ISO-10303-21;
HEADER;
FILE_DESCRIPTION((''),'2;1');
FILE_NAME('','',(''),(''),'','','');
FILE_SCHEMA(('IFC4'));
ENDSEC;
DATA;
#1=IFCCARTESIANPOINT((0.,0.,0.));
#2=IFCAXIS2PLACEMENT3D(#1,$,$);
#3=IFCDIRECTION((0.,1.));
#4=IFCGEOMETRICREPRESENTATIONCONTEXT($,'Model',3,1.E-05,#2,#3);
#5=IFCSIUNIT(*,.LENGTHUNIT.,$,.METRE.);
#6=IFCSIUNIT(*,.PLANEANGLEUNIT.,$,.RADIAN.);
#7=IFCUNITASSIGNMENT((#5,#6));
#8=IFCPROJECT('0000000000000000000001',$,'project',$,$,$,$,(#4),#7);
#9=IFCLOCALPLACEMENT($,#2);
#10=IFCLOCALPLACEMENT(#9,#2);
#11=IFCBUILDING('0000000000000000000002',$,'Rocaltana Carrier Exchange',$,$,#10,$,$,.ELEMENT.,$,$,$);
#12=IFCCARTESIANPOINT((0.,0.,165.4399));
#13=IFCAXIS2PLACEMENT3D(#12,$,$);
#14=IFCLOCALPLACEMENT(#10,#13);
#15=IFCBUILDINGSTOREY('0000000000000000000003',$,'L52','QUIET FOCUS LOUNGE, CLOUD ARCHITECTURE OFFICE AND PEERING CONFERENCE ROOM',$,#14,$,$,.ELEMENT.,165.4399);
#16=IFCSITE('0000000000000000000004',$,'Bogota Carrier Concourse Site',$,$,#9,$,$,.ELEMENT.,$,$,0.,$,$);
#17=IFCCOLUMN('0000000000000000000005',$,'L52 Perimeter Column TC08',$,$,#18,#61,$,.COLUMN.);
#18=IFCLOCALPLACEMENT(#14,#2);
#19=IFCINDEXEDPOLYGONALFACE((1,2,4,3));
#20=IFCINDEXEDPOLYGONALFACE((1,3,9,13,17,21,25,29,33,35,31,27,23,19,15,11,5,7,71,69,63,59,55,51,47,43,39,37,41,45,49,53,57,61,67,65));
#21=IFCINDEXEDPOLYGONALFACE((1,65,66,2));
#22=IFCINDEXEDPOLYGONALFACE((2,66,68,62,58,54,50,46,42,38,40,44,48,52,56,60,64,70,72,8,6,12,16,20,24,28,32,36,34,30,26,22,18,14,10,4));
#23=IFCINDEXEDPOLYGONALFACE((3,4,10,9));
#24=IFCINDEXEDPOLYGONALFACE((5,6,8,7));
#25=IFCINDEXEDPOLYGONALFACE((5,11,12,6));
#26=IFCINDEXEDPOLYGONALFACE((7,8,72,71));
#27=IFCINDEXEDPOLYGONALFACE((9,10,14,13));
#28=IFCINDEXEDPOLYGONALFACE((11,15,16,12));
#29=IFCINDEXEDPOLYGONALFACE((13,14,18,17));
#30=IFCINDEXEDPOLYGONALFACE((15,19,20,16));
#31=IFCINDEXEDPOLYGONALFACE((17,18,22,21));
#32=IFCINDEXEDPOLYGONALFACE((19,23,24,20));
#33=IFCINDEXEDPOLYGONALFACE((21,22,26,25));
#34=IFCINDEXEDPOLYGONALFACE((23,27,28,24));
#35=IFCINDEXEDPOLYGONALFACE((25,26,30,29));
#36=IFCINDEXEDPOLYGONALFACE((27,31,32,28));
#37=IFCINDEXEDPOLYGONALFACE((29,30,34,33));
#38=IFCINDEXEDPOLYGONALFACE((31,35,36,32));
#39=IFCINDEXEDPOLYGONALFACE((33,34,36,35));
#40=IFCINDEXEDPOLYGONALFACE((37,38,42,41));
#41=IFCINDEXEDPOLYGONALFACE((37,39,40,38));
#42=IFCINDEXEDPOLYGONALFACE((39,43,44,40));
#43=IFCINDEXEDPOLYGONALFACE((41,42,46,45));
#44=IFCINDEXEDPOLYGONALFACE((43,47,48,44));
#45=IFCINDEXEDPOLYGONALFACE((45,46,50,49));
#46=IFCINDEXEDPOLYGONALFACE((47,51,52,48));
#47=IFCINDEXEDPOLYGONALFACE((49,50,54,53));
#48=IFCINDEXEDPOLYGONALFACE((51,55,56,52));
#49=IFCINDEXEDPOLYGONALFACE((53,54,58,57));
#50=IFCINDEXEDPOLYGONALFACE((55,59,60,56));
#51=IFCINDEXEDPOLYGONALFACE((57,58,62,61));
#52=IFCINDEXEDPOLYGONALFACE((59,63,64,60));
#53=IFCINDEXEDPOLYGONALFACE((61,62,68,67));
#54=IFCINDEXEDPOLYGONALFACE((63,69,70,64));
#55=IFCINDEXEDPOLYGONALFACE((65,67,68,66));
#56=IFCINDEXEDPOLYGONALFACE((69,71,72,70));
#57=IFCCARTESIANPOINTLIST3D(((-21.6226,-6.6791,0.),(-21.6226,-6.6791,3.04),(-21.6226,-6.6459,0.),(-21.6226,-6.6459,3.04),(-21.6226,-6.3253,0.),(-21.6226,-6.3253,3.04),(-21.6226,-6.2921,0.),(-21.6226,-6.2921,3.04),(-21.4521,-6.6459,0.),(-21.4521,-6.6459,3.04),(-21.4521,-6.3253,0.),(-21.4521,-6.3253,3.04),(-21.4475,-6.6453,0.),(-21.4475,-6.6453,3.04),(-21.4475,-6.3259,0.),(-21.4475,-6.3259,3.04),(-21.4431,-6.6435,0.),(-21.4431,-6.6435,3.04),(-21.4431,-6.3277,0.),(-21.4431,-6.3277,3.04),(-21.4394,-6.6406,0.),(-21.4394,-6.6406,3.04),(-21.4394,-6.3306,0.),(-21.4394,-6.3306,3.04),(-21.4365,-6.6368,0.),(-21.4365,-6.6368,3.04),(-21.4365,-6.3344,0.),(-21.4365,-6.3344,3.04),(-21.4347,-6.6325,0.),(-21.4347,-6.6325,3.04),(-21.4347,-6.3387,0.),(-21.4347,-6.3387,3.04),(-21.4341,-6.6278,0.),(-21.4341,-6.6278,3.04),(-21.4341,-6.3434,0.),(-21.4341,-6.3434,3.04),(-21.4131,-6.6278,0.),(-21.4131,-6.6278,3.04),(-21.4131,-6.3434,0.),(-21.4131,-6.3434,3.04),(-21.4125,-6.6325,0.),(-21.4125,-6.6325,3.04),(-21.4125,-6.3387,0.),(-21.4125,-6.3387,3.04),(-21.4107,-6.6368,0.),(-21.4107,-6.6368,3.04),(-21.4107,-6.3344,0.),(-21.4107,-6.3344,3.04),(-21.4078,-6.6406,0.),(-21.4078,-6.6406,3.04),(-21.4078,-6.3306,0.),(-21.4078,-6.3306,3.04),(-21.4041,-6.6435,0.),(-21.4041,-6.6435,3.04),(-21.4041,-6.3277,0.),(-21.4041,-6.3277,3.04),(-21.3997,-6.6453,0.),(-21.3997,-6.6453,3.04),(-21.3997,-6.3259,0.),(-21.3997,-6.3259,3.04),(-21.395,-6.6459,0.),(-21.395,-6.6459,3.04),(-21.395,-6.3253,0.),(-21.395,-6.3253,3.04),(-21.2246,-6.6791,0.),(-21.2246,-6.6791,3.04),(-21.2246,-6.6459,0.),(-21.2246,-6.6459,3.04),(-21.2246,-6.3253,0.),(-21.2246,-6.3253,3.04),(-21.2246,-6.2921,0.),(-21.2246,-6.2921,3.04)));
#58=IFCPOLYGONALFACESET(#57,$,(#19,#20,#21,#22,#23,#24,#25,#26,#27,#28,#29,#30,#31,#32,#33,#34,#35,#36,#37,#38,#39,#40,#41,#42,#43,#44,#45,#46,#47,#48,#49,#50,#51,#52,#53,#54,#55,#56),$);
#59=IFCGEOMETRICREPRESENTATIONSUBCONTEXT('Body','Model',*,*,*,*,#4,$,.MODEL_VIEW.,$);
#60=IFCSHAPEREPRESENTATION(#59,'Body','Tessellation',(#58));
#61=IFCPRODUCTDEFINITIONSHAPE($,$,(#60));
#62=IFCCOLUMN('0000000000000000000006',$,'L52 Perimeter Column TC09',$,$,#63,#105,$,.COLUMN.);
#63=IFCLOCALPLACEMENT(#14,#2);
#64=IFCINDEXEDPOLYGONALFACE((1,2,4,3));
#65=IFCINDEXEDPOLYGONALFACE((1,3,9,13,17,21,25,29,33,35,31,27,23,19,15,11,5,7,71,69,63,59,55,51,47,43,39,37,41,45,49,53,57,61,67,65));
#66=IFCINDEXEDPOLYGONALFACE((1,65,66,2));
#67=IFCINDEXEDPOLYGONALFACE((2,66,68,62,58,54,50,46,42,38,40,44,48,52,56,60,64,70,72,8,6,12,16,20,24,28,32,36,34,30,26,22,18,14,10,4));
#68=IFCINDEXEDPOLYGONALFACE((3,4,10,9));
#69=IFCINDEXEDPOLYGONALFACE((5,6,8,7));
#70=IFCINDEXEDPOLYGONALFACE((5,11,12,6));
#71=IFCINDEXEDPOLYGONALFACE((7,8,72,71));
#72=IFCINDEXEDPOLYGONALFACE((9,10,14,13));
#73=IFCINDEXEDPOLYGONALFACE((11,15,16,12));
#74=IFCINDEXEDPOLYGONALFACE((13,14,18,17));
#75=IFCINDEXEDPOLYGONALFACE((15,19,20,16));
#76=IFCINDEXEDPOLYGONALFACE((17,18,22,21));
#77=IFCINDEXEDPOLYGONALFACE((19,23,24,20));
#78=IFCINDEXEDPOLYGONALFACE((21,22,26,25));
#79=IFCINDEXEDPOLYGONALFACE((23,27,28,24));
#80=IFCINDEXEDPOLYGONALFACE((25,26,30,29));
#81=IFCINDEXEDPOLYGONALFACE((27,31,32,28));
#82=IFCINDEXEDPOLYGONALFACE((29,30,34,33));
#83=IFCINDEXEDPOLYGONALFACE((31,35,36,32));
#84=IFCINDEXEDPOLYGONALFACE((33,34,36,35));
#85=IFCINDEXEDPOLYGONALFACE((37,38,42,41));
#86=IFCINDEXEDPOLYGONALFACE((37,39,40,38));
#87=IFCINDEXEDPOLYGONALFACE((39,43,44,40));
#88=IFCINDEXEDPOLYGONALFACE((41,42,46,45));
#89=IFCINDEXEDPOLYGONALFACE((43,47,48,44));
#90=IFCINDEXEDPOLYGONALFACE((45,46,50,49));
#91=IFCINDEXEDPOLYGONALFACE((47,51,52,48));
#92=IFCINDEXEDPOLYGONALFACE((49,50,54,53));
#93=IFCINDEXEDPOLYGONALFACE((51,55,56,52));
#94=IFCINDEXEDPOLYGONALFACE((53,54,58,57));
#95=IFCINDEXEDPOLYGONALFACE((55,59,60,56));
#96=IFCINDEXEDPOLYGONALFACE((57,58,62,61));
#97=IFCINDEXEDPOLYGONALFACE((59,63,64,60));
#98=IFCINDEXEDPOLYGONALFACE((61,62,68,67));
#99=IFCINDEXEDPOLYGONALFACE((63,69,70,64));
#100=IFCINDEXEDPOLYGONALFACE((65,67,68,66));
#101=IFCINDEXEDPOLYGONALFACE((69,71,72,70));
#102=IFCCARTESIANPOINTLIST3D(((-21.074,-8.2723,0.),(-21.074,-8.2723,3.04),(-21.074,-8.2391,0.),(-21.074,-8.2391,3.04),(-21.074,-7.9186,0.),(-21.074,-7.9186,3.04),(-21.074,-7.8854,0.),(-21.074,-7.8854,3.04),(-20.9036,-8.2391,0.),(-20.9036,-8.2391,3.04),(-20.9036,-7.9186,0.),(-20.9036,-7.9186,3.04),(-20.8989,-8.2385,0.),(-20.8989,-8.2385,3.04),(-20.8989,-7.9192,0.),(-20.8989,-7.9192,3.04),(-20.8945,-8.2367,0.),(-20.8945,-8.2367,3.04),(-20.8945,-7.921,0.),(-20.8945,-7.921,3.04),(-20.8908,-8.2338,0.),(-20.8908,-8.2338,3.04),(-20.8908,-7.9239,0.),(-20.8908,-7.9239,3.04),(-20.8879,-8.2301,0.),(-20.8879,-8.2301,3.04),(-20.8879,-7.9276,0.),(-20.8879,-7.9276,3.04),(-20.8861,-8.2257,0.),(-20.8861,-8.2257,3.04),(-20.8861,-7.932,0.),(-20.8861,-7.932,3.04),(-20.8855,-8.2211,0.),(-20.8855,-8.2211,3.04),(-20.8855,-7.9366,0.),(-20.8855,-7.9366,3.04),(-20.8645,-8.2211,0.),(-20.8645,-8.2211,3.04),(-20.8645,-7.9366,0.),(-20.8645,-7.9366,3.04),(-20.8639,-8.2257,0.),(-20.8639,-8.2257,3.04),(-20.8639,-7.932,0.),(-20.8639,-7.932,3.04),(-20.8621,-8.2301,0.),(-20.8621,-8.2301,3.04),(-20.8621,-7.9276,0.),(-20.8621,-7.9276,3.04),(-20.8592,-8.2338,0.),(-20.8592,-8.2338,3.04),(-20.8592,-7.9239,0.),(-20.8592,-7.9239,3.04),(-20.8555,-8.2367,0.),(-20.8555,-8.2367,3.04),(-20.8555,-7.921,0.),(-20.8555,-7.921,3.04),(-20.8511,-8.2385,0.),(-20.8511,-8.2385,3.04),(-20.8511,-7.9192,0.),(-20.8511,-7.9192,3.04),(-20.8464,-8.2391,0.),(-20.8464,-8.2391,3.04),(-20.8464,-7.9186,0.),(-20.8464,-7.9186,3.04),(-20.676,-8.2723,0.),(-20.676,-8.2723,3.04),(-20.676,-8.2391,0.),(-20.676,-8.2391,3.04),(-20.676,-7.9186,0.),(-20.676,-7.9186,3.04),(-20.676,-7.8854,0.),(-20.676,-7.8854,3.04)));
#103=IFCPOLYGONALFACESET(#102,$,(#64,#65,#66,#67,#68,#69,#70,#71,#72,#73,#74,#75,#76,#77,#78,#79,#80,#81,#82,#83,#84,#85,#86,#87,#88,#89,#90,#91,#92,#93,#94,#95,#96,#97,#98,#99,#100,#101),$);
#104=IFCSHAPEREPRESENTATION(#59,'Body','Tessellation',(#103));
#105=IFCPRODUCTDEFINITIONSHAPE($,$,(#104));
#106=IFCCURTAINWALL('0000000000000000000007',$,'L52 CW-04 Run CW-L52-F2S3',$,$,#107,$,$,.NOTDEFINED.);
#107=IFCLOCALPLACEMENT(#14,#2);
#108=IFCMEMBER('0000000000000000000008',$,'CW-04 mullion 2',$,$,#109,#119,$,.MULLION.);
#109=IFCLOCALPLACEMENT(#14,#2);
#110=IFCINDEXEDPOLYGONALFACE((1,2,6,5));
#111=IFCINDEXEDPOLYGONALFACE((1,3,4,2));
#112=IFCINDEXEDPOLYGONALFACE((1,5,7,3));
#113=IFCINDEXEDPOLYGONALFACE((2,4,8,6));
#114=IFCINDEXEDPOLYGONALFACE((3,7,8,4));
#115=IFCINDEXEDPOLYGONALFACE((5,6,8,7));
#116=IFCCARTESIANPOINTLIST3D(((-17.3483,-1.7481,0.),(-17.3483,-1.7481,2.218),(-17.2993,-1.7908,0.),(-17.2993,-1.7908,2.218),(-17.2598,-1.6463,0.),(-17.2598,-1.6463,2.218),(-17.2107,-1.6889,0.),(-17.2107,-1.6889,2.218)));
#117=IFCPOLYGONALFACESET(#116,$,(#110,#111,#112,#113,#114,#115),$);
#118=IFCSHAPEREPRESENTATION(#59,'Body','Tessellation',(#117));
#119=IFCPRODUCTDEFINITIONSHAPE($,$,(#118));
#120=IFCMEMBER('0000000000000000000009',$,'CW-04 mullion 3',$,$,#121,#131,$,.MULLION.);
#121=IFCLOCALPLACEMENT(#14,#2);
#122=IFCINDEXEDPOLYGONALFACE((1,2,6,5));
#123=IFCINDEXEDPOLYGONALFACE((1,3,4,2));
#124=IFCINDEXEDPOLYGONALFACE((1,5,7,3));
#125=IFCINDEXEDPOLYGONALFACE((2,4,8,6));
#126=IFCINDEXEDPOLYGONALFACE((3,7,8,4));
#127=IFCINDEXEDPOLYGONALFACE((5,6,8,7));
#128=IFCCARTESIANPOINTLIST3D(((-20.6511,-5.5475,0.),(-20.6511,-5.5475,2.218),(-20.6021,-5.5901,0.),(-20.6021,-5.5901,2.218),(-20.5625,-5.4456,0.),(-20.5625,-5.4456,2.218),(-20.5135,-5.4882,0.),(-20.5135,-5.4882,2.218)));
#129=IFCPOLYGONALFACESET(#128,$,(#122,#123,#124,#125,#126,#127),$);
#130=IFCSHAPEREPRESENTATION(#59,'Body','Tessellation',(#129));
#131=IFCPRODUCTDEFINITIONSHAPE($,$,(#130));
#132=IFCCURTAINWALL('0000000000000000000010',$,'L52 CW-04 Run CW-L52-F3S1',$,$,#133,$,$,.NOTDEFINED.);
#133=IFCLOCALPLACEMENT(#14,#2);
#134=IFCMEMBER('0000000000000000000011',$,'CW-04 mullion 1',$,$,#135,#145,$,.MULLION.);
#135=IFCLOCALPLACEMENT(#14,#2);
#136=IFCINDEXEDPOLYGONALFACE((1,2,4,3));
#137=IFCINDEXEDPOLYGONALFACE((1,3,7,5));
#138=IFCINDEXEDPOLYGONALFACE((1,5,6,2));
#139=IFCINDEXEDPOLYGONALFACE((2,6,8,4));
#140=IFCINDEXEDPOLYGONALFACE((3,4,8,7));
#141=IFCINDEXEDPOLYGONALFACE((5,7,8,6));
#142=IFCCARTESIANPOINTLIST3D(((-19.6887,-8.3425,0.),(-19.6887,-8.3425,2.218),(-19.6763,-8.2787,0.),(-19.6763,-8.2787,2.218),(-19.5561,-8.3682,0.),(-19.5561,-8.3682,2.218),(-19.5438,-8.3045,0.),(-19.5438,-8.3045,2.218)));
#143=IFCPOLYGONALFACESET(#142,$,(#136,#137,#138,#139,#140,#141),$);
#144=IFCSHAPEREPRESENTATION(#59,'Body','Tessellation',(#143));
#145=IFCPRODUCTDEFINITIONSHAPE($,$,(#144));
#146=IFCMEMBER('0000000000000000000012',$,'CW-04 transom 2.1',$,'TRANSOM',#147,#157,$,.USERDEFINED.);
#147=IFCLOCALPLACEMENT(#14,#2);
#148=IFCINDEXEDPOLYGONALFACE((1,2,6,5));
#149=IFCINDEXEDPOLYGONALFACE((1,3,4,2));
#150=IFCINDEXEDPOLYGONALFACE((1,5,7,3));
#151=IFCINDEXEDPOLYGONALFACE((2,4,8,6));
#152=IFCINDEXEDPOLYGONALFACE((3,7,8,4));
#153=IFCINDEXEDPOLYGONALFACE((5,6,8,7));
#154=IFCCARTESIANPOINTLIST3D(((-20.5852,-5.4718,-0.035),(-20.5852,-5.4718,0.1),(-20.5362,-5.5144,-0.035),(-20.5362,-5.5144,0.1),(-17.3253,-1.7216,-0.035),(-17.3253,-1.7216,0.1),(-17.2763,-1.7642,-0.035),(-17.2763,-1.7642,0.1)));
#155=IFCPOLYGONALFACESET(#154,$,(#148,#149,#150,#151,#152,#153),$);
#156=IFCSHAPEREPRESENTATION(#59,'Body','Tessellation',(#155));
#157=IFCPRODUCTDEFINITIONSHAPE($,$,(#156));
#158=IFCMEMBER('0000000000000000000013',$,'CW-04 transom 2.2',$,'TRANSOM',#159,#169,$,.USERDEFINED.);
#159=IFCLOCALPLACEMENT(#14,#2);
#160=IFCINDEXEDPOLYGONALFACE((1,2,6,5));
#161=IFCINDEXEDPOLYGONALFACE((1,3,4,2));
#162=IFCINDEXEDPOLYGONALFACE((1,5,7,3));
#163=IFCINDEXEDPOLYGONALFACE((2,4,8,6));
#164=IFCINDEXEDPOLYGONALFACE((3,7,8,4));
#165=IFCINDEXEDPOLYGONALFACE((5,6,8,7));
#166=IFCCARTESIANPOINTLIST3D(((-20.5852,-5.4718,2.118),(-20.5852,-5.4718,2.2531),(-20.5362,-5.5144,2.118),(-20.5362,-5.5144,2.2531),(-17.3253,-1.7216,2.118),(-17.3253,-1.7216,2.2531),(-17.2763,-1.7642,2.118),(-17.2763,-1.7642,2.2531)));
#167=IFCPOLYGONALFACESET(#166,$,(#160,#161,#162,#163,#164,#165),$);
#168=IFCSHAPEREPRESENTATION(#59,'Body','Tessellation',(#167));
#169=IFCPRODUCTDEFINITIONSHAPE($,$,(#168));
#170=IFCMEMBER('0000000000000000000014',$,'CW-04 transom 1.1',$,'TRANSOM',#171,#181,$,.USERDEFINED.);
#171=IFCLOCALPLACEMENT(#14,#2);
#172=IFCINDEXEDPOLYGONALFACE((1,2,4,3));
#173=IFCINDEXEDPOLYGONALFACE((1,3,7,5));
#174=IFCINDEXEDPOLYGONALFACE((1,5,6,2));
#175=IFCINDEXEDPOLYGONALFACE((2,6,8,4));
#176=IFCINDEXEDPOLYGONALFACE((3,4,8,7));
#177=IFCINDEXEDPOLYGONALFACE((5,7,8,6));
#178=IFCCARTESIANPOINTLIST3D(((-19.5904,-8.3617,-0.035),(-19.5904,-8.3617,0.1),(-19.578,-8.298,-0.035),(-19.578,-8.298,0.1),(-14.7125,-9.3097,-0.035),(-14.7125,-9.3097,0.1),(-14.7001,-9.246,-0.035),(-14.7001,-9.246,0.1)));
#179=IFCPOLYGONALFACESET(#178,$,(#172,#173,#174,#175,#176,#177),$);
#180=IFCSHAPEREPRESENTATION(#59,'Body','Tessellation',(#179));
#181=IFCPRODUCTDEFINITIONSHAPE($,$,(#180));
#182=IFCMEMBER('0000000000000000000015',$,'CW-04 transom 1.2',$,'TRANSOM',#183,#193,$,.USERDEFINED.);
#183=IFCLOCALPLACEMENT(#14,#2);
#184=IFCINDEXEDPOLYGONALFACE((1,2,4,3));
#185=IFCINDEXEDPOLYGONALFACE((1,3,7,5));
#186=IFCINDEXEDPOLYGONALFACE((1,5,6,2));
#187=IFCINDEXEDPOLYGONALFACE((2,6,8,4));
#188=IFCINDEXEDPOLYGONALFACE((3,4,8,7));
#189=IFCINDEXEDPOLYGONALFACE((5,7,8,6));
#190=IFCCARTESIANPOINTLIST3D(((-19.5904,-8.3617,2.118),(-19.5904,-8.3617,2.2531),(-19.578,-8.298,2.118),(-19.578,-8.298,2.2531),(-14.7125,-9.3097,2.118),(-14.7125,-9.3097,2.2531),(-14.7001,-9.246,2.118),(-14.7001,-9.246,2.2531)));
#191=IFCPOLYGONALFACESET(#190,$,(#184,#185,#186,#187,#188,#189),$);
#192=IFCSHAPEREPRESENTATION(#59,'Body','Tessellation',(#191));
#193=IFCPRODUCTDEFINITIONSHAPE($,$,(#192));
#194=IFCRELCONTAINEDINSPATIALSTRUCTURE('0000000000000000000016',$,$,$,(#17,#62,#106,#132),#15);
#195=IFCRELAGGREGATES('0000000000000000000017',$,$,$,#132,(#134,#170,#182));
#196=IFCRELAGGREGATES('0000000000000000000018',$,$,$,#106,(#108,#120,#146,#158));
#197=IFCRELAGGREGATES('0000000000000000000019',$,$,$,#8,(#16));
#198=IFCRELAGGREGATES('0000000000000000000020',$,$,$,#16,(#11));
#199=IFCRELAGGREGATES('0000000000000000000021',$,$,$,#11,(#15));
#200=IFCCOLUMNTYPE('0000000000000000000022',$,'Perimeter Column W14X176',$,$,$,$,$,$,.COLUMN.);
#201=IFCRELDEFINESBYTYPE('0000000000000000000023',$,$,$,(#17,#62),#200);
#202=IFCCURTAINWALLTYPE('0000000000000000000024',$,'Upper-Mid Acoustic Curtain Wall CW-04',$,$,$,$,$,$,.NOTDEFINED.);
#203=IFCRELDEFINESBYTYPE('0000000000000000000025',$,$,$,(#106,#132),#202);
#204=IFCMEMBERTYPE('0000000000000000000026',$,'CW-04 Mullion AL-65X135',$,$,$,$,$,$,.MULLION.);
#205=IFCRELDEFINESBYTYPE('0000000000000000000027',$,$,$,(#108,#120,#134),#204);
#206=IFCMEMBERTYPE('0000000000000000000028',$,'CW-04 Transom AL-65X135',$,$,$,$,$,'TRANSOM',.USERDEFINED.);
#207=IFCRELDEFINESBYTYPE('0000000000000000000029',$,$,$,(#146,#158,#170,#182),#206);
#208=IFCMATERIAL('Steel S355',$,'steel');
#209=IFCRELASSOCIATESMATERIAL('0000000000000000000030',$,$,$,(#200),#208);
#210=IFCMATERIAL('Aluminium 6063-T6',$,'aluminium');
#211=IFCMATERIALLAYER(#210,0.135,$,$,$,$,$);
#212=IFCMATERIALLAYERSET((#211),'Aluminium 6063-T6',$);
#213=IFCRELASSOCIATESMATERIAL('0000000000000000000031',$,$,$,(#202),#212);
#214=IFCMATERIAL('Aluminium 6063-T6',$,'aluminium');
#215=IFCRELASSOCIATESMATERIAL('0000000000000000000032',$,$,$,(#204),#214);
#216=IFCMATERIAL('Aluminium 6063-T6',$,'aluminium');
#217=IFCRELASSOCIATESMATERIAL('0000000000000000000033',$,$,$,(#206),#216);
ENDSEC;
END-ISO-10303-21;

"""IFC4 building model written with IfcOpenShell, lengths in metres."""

from ifc_helpers import new_model, si_unit, direction, frame, origin, origin_2d, place, context, subcontext, project, spatial, rectangle, i_section, extrude, material, layer, layer_set, material_profile, profile_set, type_object, element, aggregate, save


model = new_model("IFC4")

# Units and contexts
model_context = context("Model", 3, precision=1e-05, world=origin(), true_north=direction((0.0, 1.0)))
body_context = subcontext(model_context, "Body", "Model", "MODEL_VIEW")
ifc_project = project(units=[si_unit("LENGTHUNIT", "METRE"), si_unit("PLANEANGLEUNIT", "RADIAN")], contexts=[model_context])

# Site, building, storey
site_placement = place(None, origin())
site = spatial("IfcSite", under=ifc_project, at=site_placement, Name="Bogota Carrier Concourse Site", CompositionType="ELEMENT", RefElevation=0.0)
building_placement = place(site_placement, origin())
building = spatial("IfcBuilding", under=site, at=building_placement, Name="Rocaltana Carrier Exchange", CompositionType="ELEMENT")
storey_placement = place(building_placement, frame((0.0, 0.0, 165.4399)))
storey = spatial("IfcBuildingStorey", under=building, at=storey_placement, Name="L52", Description="QUIET FOCUS LOUNGE, CLOUD ARCHITECTURE OFFICE AND PEERING CONFERENCE ROOM", CompositionType="ELEMENT", Elevation=165.4399)

# Columns
ifc_material_1 = material(Name="Steel S355", Category="steel")
ifc_material_profile_1 = material_profile(ifc_material_1, i_section(OverallWidth=0.3979, OverallDepth=0.387, WebThickness=0.021, FlangeThickness=0.0332, FilletRadius=0.0181, at=origin_2d()), Name="W14X176")
ifc_profile_set_1 = profile_set([ifc_material_profile_1], Name="Steel S355")
column_type = type_object("IfcColumnType", Name="Perimeter Column W14X176", PredefinedType="COLUMN", material=ifc_profile_set_1)
for number, where, z_axis, x_axis, name in (
    (1, (-21.4236, -6.4856, 0.0), (0.0, 0.0, 1.0), (1.0, 0.0, 0.0), "L52 Perimeter Column TC08"),
    (2, (-20.875, -8.0789, 0.0), (0.0, 0.0, 1.0), (1.0, 0.0, 0.0), "L52 Perimeter Column TC09"),
):
    element("IfcColumn", number, at=place(storey_placement, frame(where, z_axis=z_axis, x_axis=x_axis)), inside=storey, type_object=column_type, Name=name, PredefinedType="COLUMN", context=body_context, shape_type="SweptSolid", body=[
        extrude(i_section(OverallWidth=0.3979, OverallDepth=0.387, WebThickness=0.021, FlangeThickness=0.0332, FilletRadius=0.0181, at=origin_2d()), origin(), (0.0, 0.0, 1.0), 3.04),
    ])

# Curtain wall, members
ifc_material_2 = material(Name="Aluminium 6063-T6", Category="aluminium")
ifc_layer_1 = layer(ifc_material_2, 0.135)
ifc_layer_set_1 = layer_set([ifc_layer_1], Name="Aluminium 6063-T6")
curtain_wall_type = type_object("IfcCurtainWallType", Name="Upper-Mid Acoustic Curtain Wall CW-04", PredefinedType="NOTDEFINED", material=ifc_layer_set_1)
curtain_wall_1_placement = place(storey_placement, origin())
curtain_wall_1 = element("IfcCurtainWall", 3, at=curtain_wall_1_placement, inside=storey, type_object=curtain_wall_type, Name="L52 CW-04 Run CW-L52-F2S3", PredefinedType="NOTDEFINED")
ifc_material_3 = material(Name="Aluminium 6063-T6", Category="aluminium")
ifc_material_profile_2 = material_profile(ifc_material_3, rectangle(XDim=0.0649, YDim=0.135, at=origin_2d()), Name="AL-65X135")
ifc_profile_set_2 = profile_set([ifc_material_profile_2], Name="Aluminium 6063-T6")
member_type_1 = type_object("IfcMemberType", Name="CW-04 Mullion AL-65X135", PredefinedType="MULLION", material=ifc_profile_set_2)
member_1_placement = place(storey_placement, frame((-17.2795, -1.7185, 0.0), z_axis=(0.0, 0.0, 1.0), x_axis=(0.754712, -0.656057, 0.0)))
member_1 = element("IfcMember", 4, at=member_1_placement, type_object=member_type_1, Name="CW-04 mullion 2", PredefinedType="MULLION", context=body_context, shape_type="SweptSolid", body=[
    extrude(rectangle(XDim=0.0649, YDim=0.135, at=origin_2d()), origin(), (0.0, 0.0, 1.0), 2.218),
])
member_2_placement = place(storey_placement, frame((-20.5823, -5.5178, 0.0), z_axis=(0.0, 0.0, 1.0), x_axis=(0.754712, -0.656057, 0.0)))
member_2 = element("IfcMember", 5, at=member_2_placement, type_object=member_type_1, Name="CW-04 mullion 3", PredefinedType="MULLION", context=body_context, shape_type="SweptSolid", body=[
    extrude(rectangle(XDim=0.0649, YDim=0.135, at=origin_2d()), origin(), (0.0, 0.0, 1.0), 2.218),
])

# Curtain wall, member
curtain_wall_2_placement = place(storey_placement, origin())
curtain_wall_2 = element("IfcCurtainWall", 6, at=curtain_wall_2_placement, inside=storey, type_object=curtain_wall_type, Name="L52 CW-04 Run CW-L52-F3S1", PredefinedType="NOTDEFINED")
member_3_placement = place(storey_placement, frame((-19.6162, -8.3235, 0.0), z_axis=(0.0, 0.0, 1.0), x_axis=(0.190803, 0.981628, 0.0)))
member_3 = element("IfcMember", 7, at=member_3_placement, type_object=member_type_1, Name="CW-04 mullion 1", PredefinedType="MULLION", context=body_context, shape_type="SweptSolid", body=[
    extrude(rectangle(XDim=0.0649, YDim=0.135, at=origin_2d()), origin(), (0.0, 0.0, 1.0), 2.218),
])

# Members
ifc_material_4 = material(Name="Aluminium 6063-T6", Category="aluminium")
ifc_material_profile_3 = material_profile(ifc_material_4, rectangle(XDim=0.0649, YDim=0.135, at=origin_2d()), Name="AL-65X135")
ifc_profile_set_3 = profile_set([ifc_material_profile_3], Name="Aluminium 6063-T6")
member_type_2 = type_object("IfcMemberType", Name="CW-04 Transom AL-65X135", ElementType="TRANSOM", PredefinedType="USERDEFINED", material=ifc_profile_set_3)
member_4_placement = place(storey_placement, frame((-17.3008, -1.7429, 0.0325), z_axis=(-0.656056, -0.754712, 0.0), x_axis=(0.754712, -0.656056, 0.0)))
member_4 = element("IfcMember", 8, at=member_4_placement, type_object=member_type_2, Name="CW-04 transom 2.1", ObjectType="TRANSOM", PredefinedType="USERDEFINED", context=body_context, shape_type="SweptSolid", body=[
    extrude(rectangle(XDim=0.0649, YDim=0.135, at=origin_2d()), origin(), (0.0, 0.0, 1.0), 4.969),
])
member_5_placement = place(storey_placement, frame((-17.3008, -1.7429, 2.1855), z_axis=(-0.656056, -0.754712, 0.0), x_axis=(0.754712, -0.656056, 0.0)))
member_5 = element("IfcMember", 9, at=member_5_placement, type_object=member_type_2, Name="CW-04 transom 2.2", ObjectType="TRANSOM", PredefinedType="USERDEFINED", context=body_context, shape_type="SweptSolid", body=[
    extrude(rectangle(XDim=0.0649, YDim=0.135, at=origin_2d()), origin(), (0.0, 0.0, 1.0), 4.969),
])
member_6_placement = place(storey_placement, frame((-19.5842, -8.3298, 0.0325), z_axis=(0.981634, -0.190775, 0.0), x_axis=(0.190775, 0.981634, 0.0)))
member_6 = element("IfcMember", 10, at=member_6_placement, type_object=member_type_2, Name="CW-04 transom 1.1", ObjectType="TRANSOM", PredefinedType="USERDEFINED", context=body_context, shape_type="SweptSolid", body=[
    extrude(rectangle(XDim=0.0649, YDim=0.135, at=origin_2d()), origin(), (0.0, 0.0, 1.0), 4.9692),
])
member_7_placement = place(storey_placement, frame((-19.5842, -8.3298, 2.1855), z_axis=(0.981634, -0.190775, 0.0), x_axis=(0.190775, 0.981634, 0.0)))
member_7 = element("IfcMember", 11, at=member_7_placement, type_object=member_type_2, Name="CW-04 transom 1.2", ObjectType="TRANSOM", PredefinedType="USERDEFINED", context=body_context, shape_type="SweptSolid", body=[
    extrude(rectangle(XDim=0.0649, YDim=0.135, at=origin_2d()), origin(), (0.0, 0.0, 1.0), 4.9692),
])
aggregate(curtain_wall_2, [member_3, member_6, member_7])

aggregate(curtain_wall_1, [member_1, member_2, member_4, member_5])

save(model, "model.ifc")
